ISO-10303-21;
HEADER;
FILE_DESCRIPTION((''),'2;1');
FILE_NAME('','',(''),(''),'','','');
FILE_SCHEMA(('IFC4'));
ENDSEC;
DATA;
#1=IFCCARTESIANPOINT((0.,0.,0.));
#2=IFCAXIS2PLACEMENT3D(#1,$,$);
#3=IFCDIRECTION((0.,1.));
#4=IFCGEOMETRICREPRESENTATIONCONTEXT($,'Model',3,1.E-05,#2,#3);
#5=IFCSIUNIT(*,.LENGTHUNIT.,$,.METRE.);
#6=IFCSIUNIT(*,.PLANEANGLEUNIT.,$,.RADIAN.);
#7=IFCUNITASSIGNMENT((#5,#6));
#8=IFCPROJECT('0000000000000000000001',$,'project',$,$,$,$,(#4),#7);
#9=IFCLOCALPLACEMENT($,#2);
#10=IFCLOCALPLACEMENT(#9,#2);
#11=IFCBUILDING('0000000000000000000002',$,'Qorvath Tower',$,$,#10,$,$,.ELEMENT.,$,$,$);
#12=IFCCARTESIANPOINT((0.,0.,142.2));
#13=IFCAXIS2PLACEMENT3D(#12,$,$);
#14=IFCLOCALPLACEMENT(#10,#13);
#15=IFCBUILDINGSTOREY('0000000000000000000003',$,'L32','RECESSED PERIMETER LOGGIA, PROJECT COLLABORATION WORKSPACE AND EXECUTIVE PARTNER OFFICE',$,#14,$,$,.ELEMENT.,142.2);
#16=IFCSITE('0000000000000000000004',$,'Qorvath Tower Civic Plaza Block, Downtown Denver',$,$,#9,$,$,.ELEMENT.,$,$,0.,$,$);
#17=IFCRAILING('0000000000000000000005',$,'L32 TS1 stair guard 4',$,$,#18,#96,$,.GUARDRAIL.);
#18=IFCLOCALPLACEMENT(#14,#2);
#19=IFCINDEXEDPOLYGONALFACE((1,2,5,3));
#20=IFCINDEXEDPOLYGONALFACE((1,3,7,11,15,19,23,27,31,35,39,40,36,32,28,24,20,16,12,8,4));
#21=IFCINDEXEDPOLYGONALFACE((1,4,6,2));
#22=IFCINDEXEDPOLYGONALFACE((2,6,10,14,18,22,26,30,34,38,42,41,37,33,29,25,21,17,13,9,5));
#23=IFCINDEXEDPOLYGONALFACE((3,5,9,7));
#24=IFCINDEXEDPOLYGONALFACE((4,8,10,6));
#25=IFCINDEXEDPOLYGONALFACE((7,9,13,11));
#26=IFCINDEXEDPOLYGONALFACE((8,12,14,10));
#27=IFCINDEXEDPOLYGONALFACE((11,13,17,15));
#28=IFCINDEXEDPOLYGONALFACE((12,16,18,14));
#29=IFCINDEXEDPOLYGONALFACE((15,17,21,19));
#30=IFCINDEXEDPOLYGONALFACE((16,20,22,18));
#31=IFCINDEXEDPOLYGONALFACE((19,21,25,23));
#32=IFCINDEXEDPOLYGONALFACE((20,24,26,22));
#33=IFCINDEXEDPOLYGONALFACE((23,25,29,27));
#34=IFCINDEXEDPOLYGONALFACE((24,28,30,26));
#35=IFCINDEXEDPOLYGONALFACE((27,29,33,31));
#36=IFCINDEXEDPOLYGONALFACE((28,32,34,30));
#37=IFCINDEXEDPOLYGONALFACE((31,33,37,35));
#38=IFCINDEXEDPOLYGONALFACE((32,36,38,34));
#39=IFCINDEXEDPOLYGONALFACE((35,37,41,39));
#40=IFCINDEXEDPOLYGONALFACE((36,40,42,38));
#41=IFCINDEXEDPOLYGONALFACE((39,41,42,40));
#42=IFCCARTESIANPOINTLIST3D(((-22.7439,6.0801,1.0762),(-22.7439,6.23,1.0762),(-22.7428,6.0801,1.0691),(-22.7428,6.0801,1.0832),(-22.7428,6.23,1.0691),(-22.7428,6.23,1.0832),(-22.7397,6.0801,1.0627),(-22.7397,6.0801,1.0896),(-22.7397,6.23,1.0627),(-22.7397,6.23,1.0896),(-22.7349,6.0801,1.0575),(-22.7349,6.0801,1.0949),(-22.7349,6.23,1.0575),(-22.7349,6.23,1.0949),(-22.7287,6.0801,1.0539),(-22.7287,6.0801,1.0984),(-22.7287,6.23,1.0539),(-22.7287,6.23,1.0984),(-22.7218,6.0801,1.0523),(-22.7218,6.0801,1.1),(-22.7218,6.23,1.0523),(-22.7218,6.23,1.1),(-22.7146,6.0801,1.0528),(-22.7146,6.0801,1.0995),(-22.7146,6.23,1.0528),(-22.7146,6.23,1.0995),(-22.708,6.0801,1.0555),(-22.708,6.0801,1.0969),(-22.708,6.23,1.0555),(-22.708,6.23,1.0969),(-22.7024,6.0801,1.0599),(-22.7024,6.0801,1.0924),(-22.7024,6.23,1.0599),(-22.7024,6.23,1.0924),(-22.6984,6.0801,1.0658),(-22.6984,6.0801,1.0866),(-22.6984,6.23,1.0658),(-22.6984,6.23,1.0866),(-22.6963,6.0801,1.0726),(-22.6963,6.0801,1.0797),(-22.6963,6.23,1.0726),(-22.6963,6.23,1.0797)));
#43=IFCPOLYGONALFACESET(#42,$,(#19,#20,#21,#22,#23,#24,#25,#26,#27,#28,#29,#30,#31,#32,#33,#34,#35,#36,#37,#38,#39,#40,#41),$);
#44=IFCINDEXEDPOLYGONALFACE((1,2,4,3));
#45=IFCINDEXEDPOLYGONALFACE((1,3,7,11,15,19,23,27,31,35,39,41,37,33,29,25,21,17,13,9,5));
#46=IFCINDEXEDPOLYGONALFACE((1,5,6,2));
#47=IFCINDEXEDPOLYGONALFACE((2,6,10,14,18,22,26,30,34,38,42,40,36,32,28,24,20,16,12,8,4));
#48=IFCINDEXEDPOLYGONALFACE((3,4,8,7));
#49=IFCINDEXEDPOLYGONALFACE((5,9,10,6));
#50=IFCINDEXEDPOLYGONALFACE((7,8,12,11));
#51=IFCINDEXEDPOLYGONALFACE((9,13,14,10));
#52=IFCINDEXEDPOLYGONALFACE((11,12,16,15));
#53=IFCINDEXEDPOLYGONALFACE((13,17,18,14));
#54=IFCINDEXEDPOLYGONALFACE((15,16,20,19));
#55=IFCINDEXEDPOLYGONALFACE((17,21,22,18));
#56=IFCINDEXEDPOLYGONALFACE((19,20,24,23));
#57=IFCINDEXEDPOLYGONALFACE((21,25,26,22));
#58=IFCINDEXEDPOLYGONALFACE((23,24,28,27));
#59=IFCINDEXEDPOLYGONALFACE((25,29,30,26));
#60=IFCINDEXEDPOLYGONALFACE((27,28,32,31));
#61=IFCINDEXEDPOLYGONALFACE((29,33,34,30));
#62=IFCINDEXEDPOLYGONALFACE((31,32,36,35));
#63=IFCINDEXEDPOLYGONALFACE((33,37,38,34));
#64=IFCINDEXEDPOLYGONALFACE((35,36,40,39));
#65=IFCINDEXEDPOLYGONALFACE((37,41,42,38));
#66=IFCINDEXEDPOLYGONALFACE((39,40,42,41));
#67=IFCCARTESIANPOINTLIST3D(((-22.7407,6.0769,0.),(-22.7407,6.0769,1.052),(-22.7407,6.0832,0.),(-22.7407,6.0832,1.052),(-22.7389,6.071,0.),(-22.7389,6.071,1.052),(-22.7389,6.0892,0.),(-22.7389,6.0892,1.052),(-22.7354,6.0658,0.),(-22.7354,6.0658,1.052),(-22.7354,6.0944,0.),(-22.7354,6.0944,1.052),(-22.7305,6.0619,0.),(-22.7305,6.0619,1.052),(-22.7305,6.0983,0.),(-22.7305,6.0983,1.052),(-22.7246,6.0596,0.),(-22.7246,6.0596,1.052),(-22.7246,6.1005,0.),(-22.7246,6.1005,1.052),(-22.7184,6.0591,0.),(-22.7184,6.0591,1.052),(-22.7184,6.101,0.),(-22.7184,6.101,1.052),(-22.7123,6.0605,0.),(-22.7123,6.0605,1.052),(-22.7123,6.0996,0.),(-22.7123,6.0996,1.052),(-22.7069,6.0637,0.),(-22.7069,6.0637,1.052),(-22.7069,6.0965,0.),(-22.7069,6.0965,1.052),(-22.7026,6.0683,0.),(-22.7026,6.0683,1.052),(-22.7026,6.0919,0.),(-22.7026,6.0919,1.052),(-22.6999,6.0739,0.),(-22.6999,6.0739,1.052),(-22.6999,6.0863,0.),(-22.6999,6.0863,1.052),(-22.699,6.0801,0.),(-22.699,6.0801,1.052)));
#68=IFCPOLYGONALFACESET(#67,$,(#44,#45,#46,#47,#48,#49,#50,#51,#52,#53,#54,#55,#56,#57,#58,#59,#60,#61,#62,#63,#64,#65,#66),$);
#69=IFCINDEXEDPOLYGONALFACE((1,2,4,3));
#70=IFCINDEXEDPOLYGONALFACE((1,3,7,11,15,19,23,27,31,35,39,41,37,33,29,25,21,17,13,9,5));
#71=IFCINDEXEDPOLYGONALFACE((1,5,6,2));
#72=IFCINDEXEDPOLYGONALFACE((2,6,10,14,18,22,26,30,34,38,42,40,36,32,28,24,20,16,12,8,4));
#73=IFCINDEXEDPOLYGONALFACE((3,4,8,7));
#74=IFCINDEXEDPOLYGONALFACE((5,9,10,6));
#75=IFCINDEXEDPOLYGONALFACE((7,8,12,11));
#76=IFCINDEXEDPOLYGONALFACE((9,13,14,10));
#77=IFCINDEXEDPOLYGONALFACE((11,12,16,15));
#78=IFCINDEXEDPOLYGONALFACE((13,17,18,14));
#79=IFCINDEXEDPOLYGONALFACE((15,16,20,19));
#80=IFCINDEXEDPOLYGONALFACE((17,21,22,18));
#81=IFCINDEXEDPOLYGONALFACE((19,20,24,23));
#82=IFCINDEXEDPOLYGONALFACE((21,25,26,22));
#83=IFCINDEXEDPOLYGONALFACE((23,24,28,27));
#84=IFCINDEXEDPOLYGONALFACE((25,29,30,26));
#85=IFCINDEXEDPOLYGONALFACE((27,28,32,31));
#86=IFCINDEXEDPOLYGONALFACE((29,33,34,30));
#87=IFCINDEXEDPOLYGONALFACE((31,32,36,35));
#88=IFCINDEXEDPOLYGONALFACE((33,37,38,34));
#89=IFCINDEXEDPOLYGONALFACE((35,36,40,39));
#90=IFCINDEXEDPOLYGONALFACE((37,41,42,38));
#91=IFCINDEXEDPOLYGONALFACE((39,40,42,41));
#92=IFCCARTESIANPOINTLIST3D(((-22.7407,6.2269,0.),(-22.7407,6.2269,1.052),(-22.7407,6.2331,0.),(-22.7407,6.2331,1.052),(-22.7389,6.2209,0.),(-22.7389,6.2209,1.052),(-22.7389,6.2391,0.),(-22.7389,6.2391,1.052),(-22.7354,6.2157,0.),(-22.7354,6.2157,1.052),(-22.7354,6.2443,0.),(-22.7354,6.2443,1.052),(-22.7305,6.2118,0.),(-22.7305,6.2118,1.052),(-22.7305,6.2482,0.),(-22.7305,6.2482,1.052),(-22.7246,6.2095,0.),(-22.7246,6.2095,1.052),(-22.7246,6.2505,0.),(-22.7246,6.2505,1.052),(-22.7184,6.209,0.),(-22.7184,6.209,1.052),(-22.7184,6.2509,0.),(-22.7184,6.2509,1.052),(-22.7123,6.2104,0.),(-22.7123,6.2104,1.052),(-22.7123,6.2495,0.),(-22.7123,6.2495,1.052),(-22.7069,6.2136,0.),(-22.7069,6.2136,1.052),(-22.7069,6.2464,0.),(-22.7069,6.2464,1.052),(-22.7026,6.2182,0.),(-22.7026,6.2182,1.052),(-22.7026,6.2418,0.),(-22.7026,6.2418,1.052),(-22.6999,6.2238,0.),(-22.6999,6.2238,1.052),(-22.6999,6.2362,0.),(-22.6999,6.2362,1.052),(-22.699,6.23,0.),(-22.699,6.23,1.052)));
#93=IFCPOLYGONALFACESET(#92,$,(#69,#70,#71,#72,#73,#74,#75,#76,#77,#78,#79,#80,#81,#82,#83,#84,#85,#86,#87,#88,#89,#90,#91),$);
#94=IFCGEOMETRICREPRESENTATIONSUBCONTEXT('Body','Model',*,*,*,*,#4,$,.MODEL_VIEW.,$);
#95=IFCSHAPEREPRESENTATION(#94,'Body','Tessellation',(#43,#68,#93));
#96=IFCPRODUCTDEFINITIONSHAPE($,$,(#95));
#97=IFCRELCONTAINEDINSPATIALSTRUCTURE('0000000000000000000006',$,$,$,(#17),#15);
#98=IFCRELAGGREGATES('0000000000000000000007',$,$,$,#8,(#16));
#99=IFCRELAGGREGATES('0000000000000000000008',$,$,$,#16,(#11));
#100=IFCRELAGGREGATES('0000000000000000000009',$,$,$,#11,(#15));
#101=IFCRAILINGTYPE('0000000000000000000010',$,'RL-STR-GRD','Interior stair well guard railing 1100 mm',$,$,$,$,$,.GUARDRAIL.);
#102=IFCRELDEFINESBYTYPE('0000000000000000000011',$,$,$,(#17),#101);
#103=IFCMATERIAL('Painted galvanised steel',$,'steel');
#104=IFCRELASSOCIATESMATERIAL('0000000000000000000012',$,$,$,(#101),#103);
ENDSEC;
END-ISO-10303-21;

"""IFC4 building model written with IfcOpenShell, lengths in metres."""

from ifc_helpers import new_model, si_unit, direction, frame, origin, origin_2d, place, context, subcontext, project, spatial, circle, extrude, material, type_object, element, save


model = new_model("IFC4")

# Units and contexts
model_context = context("Model", 3, precision=1e-05, world=origin(), true_north=direction((0.0, 1.0)))
body_context = subcontext(model_context, "Body", "Model", "MODEL_VIEW")
ifc_project = project(units=[si_unit("LENGTHUNIT", "METRE"), si_unit("PLANEANGLEUNIT", "RADIAN")], contexts=[model_context])

# Site, building, storey
site_placement = place(None, origin())
site = spatial("IfcSite", under=ifc_project, at=site_placement, Name="Qorvath Tower Civic Plaza Block, Downtown Denver", CompositionType="ELEMENT", RefElevation=0.0)
building_placement = place(site_placement, origin())
building = spatial("IfcBuilding", under=site, at=building_placement, Name="Qorvath Tower", CompositionType="ELEMENT")
storey_placement = place(building_placement, frame((0.0, 0.0, 142.2)))
storey = spatial("IfcBuildingStorey", under=building, at=storey_placement, Name="L32", Description="RECESSED PERIMETER LOGGIA, PROJECT COLLABORATION WORKSPACE AND EXECUTIVE PARTNER OFFICE", CompositionType="ELEMENT", Elevation=142.2)

# Railing
ifc_material_1 = material(Name="Painted galvanised steel", Category="steel")
railing_type_1 = type_object("IfcRailingType", Name="RL-STR-GRD", Description="Interior stair well guard railing 1100 mm", PredefinedType="GUARDRAIL", material=ifc_material_1)
railing_1_placement = place(storey_placement, frame((-22.72, 6.0801, 0.0)))
element("IfcRailing", 1, at=railing_1_placement, inside=storey, type_object=railing_type_1, Name="L32 TS1 stair guard 4", PredefinedType="GUARDRAIL", context=body_context, shape_type="SweptSolid", body=[
    extrude(circle(Radius=0.0239, at=origin_2d()), frame((0.0, 0.0, 1.0762), z_axis=(0.0, 1.0, 0.0), x_axis=(-1.0, 0.0, 0.0)), (0.0, 0.0, 1.0), 0.1499),
    extrude(circle(Radius=0.021, at=origin_2d()), origin(), (0.0, 0.0, 1.0), 1.052),
    extrude(circle(Radius=0.021, at=origin_2d()), frame((0.0, 0.1499, 0.0)), (0.0, 0.0, 1.0), 1.052),
])

save(model, "model.ifc")
